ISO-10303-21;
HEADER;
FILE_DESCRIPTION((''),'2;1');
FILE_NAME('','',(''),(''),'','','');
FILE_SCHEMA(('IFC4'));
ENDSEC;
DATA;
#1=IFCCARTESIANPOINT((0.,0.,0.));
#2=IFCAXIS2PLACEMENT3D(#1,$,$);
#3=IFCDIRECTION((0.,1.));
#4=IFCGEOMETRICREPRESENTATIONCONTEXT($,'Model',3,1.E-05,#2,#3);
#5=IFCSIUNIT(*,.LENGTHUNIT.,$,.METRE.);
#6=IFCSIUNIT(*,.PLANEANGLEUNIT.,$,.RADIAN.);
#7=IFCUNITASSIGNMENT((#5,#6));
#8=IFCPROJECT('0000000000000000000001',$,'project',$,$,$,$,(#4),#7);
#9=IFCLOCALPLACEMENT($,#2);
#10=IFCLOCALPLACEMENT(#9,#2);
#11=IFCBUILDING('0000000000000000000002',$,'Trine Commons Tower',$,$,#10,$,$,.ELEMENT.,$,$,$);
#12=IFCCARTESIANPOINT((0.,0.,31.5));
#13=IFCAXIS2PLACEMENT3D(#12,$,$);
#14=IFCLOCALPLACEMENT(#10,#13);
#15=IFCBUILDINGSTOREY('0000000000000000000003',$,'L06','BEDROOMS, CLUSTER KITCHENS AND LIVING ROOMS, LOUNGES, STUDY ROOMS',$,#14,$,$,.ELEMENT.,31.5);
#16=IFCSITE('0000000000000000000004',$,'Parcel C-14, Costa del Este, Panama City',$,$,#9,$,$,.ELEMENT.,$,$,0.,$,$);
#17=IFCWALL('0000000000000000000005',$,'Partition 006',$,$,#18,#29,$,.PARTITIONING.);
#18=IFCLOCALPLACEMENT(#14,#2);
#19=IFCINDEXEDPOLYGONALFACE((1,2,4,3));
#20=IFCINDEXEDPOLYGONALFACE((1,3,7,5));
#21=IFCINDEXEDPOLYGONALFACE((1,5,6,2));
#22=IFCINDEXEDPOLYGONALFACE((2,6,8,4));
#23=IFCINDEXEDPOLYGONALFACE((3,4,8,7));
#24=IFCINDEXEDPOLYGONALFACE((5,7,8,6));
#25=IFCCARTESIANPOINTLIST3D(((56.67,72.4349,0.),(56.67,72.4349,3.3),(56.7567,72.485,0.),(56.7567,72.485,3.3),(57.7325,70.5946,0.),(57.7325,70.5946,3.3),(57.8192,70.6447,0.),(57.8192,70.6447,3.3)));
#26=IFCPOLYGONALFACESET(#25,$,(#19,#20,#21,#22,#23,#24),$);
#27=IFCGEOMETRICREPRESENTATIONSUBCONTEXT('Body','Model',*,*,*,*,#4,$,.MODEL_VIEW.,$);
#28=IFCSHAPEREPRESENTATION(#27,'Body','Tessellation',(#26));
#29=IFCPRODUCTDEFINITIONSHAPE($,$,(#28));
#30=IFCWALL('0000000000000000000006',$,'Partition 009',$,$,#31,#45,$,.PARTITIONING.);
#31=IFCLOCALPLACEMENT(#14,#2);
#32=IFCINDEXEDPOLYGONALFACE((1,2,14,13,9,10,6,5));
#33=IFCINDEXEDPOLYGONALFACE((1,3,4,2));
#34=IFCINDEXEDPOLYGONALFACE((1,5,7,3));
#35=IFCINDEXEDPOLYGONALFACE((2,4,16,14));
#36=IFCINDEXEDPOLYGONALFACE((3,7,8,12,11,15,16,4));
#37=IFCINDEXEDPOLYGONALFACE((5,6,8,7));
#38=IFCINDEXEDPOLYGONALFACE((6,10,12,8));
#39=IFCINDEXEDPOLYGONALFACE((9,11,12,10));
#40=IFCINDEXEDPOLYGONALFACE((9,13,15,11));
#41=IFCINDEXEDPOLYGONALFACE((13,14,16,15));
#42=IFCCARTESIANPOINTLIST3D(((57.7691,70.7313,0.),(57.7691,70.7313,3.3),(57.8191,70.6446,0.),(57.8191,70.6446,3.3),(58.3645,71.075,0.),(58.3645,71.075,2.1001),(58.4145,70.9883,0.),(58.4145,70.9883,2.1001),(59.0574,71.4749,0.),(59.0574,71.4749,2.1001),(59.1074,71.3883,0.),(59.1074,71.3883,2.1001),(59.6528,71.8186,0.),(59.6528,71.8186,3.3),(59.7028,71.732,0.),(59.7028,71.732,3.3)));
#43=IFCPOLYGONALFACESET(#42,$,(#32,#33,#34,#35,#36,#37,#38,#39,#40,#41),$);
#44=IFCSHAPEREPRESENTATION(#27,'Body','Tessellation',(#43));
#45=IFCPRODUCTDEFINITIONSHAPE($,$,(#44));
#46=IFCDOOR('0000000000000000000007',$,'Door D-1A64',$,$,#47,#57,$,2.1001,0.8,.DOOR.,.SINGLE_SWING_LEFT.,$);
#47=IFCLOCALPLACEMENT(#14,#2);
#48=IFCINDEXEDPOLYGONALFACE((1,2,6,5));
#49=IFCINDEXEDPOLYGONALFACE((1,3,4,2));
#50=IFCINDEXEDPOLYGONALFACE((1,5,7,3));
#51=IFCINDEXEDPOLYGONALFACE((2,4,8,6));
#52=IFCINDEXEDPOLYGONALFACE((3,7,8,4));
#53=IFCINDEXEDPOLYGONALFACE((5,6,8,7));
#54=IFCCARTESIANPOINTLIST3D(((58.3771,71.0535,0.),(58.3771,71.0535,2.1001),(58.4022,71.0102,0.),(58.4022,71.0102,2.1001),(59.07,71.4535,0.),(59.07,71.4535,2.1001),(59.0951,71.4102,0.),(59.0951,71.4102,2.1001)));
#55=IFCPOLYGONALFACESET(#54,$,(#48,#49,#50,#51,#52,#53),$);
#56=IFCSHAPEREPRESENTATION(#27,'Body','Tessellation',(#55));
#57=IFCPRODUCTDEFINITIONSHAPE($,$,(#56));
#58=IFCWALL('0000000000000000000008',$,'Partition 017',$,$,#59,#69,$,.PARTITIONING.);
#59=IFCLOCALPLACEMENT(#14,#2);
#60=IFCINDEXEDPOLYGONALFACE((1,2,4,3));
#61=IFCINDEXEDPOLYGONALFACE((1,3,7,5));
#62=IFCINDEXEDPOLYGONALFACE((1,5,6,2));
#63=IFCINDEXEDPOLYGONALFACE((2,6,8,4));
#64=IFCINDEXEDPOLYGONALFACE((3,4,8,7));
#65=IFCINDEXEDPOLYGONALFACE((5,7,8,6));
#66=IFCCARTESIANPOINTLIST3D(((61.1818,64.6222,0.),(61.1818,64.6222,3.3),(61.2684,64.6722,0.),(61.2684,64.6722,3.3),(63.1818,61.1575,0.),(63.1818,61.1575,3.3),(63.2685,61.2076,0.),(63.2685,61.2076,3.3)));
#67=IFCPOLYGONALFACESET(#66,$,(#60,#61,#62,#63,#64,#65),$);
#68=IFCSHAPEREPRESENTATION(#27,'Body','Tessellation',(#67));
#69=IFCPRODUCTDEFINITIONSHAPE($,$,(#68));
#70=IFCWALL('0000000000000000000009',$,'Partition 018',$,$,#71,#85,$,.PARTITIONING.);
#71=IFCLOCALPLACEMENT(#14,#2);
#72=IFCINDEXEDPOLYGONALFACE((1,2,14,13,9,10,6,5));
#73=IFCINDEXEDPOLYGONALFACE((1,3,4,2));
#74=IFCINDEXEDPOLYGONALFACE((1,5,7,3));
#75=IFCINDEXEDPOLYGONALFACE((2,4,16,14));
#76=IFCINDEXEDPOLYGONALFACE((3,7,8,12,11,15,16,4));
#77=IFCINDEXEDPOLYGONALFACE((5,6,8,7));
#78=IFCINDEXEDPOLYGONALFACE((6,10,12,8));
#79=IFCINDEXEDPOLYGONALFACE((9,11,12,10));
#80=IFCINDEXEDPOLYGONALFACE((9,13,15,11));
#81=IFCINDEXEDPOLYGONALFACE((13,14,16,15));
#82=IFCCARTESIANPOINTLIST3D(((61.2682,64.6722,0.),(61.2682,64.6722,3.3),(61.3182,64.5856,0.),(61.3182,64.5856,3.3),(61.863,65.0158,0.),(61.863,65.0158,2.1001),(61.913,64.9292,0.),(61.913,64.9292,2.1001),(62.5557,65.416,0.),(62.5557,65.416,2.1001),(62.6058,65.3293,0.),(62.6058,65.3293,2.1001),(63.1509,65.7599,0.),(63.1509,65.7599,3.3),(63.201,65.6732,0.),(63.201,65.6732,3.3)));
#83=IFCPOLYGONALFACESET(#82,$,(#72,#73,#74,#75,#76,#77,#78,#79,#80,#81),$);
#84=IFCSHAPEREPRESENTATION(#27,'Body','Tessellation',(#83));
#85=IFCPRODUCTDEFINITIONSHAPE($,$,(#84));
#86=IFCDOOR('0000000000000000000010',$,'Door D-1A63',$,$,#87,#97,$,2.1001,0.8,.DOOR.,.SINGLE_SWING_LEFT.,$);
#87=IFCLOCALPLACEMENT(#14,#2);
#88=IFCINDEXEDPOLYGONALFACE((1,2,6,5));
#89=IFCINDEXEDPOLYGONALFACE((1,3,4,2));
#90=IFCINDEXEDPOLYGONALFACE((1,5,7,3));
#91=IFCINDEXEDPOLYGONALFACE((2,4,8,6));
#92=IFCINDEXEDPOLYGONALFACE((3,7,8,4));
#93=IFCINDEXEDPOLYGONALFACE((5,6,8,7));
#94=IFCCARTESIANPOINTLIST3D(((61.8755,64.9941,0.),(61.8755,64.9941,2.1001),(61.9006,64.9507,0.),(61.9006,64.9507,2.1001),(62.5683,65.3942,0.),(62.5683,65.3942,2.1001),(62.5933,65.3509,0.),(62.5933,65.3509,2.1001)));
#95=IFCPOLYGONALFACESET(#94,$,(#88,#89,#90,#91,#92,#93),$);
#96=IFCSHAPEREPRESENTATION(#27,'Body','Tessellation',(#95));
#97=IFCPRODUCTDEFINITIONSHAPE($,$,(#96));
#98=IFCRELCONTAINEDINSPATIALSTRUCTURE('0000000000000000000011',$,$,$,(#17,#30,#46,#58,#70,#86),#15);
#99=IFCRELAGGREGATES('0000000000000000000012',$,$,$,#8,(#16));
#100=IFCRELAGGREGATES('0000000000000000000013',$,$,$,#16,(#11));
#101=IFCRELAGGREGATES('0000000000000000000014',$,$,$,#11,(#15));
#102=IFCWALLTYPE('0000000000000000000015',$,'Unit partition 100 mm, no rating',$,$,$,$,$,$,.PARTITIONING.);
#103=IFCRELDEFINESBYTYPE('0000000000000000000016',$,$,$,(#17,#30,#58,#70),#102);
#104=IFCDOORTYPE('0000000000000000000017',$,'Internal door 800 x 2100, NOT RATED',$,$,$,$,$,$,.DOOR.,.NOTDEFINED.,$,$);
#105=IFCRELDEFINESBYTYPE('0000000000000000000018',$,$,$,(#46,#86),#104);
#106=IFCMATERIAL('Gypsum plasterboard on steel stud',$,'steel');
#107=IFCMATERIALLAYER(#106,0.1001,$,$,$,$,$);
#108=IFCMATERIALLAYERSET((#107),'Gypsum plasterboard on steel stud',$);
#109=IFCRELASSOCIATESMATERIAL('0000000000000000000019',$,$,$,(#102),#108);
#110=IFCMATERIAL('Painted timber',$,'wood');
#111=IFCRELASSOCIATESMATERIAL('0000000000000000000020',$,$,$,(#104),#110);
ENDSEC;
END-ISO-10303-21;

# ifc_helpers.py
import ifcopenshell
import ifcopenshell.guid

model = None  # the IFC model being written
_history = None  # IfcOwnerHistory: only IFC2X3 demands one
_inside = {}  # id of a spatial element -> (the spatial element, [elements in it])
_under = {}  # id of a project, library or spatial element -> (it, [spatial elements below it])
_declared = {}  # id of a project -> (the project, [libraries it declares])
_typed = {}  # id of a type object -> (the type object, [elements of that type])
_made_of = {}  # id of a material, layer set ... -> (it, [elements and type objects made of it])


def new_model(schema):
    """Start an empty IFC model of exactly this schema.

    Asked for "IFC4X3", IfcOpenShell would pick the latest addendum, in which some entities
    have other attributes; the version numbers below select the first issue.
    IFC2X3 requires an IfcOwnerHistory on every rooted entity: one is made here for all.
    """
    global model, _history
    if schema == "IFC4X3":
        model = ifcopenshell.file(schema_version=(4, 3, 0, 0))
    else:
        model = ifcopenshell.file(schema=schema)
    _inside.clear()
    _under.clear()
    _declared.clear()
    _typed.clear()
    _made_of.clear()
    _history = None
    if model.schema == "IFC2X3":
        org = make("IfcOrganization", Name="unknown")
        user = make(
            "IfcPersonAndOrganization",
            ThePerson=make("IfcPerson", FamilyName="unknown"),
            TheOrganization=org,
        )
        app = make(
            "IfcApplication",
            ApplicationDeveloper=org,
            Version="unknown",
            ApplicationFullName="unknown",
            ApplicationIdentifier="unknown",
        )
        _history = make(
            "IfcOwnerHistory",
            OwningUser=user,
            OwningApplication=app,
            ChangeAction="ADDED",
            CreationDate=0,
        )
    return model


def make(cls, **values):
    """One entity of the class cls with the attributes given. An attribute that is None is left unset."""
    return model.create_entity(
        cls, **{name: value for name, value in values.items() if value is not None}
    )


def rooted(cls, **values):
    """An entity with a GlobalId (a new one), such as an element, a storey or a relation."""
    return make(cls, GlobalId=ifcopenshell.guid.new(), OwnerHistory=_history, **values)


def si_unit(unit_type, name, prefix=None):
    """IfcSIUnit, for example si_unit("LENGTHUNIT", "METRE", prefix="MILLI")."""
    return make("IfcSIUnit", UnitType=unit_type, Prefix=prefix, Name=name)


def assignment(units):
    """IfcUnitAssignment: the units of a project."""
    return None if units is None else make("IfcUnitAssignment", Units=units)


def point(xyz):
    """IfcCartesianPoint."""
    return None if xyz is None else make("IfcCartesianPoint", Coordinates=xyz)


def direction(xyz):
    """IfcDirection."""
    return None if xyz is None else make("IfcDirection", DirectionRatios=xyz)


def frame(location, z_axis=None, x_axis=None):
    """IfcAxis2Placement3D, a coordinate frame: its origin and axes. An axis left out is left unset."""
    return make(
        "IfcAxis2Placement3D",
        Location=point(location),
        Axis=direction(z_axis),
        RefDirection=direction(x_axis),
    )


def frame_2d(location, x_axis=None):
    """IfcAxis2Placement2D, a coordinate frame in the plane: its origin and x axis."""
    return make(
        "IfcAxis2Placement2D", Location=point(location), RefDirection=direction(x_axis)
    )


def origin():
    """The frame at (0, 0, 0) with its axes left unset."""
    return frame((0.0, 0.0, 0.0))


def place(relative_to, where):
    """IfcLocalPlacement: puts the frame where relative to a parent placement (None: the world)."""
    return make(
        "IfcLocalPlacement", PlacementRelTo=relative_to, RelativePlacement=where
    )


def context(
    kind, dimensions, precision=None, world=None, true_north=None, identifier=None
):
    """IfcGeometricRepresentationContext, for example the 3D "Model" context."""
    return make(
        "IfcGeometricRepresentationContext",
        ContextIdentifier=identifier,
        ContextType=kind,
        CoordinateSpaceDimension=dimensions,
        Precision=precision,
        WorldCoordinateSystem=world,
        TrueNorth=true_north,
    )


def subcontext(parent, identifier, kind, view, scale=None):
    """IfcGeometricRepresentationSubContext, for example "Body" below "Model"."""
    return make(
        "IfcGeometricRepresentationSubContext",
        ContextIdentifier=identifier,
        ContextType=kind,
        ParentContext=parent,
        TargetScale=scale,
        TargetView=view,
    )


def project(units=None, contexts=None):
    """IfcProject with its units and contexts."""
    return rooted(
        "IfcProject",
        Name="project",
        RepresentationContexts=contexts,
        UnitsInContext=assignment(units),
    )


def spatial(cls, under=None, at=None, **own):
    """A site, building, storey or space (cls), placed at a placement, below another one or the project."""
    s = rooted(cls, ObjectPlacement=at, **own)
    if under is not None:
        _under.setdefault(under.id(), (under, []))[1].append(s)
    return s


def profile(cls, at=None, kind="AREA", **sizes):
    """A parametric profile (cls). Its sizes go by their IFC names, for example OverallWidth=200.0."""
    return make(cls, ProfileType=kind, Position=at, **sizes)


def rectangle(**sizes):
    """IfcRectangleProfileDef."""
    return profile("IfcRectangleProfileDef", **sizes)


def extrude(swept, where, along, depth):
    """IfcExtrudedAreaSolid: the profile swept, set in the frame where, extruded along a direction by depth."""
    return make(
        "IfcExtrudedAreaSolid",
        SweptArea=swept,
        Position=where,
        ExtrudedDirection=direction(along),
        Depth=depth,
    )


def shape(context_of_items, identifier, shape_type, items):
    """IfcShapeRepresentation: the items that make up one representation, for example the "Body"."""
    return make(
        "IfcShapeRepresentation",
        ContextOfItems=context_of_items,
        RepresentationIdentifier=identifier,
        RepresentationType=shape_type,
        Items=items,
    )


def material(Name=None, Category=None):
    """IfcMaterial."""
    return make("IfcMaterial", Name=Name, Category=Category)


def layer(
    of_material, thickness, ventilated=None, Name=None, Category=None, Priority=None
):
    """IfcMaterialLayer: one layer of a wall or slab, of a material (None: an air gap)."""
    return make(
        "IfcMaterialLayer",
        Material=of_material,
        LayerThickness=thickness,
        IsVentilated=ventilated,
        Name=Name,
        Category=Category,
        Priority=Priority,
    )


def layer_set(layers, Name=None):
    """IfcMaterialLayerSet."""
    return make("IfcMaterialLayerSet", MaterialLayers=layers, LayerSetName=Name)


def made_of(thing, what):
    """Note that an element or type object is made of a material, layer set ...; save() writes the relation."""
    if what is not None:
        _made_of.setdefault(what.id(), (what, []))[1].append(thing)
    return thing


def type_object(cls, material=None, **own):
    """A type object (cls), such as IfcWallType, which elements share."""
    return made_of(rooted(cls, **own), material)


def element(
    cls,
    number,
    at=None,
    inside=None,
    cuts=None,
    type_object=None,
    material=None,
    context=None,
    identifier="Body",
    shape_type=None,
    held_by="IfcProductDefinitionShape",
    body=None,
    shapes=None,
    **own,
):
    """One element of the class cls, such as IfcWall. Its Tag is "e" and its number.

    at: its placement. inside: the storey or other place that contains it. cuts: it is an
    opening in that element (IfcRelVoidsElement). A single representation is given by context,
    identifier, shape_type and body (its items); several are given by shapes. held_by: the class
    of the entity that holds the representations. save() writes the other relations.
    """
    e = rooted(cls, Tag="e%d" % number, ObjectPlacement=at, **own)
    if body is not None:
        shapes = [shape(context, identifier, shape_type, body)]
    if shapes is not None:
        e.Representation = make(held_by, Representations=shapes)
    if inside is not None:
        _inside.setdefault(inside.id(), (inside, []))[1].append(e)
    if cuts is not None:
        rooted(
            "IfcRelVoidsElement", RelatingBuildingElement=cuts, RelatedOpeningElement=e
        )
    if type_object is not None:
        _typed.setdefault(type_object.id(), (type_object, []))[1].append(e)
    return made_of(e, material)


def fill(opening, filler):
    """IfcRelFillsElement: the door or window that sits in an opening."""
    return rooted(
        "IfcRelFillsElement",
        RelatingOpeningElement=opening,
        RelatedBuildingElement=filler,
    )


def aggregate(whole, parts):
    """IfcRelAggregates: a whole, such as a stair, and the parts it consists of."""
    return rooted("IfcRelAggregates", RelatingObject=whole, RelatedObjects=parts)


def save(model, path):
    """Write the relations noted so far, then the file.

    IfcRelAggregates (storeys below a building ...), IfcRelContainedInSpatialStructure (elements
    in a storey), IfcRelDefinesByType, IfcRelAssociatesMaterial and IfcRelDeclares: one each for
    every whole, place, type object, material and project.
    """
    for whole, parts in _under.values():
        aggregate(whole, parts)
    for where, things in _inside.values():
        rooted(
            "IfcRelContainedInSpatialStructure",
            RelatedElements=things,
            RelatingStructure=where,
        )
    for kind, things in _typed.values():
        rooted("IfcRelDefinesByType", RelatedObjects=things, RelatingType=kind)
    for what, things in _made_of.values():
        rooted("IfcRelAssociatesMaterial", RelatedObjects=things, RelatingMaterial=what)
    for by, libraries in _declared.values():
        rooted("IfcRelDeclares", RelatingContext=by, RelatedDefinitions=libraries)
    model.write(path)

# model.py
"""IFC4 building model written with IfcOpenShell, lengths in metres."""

from ifc_helpers import new_model, si_unit, direction, frame, frame_2d, origin, place, context, subcontext, project, spatial, rectangle, extrude, material, layer, layer_set, type_object, element, fill, save


model = new_model("IFC4")

# Units and contexts
model_context = context("Model", 3, precision=1e-05, world=origin(), true_north=direction((0.0, 1.0)))
body_context = subcontext(model_context, "Body", "Model", "MODEL_VIEW")
ifc_project = project(units=[si_unit("LENGTHUNIT", "METRE"), si_unit("PLANEANGLEUNIT", "RADIAN")], contexts=[model_context])

# Site, building, storey
site_placement = place(None, origin())
site = spatial("IfcSite", under=ifc_project, at=site_placement, Name="Parcel C-14, Costa del Este, Panama City", CompositionType="ELEMENT", RefElevation=0.0)
building_placement = place(site_placement, origin())
building = spatial("IfcBuilding", under=site, at=building_placement, Name="Trine Commons Tower", CompositionType="ELEMENT")
storey_placement = place(building_placement, frame((0.0, 0.0, 31.5)))
storey = spatial("IfcBuildingStorey", under=building, at=storey_placement, Name="L06", Description="BEDROOMS, CLUSTER KITCHENS AND LIVING ROOMS, LOUNGES, STUDY ROOMS", CompositionType="ELEMENT", Elevation=31.5)

# Shared definitions
ifc_material_1 = material(Name="Gypsum plasterboard on steel stud", Category="steel")

# Shared definitions
ifc_layer_1 = layer(ifc_material_1, 0.1001)
ifc_layer_set_1 = layer_set([ifc_layer_1], Name="Gypsum plasterboard on steel stud")
wall_type_1 = type_object("IfcWallType", Name="Unit partition 100 mm, no rating", PredefinedType="PARTITIONING", material=ifc_layer_set_1)

# Shared definitions
ifc_material_2 = material(Name="Painted timber", Category="wood")
door_type_1 = type_object("IfcDoorType", Name="Internal door 800 x 2100, NOT RATED", OperationType="NOTDEFINED", PredefinedType="DOOR", material=ifc_material_2)

# Wall
wall_1_placement = place(storey_placement, frame((56.7134, 72.46, 0.0), z_axis=(0.0, 0.0, 1.0), x_axis=(0.499994, -0.866029, 0.0)))
element("IfcWall", 1, at=wall_1_placement, inside=storey, type_object=wall_type_1, Name="Partition 006", PredefinedType="PARTITIONING", context=body_context, shape_type="SweptSolid", body=[
    extrude(rectangle(XDim=2.125, YDim=0.1001, at=frame_2d((1.0625, 0.0))), origin(), (0.0, 0.0, 1.0), 3.3),
])

# Wall, opening, door
wall_2_placement = place(storey_placement, frame((57.7942, 70.688, 0.0), z_axis=(0.0, 0.0, 1.0), x_axis=(0.866066, 0.49993, 0.0)))
wall_2 = element("IfcWall", 2, at=wall_2_placement, inside=storey, type_object=wall_type_1, Name="Partition 009", PredefinedType="PARTITIONING", context=body_context, shape_type="SweptSolid", body=[
    extrude(rectangle(XDim=2.175, YDim=0.1001, at=frame_2d((1.0874, 0.0))), origin(), (0.0, 0.0, 1.0), 3.3),
])
opening_1_placement = place(wall_2_placement, frame((0.6875, 0.0, 0.0)))
opening_1 = element("IfcOpeningElement", 3, at=opening_1_placement, cuts=wall_2, PredefinedType="OPENING", context=body_context, shape_type="SweptSolid", body=[
    extrude(rectangle(XDim=0.8, YDim=2.1001, at=frame_2d((0.3999, 1.05))), frame((0.0, 0.0601, 0.0), z_axis=(0.0, -1.0, 0.0), x_axis=(1.0, 0.0, 0.0)), (0.0, 0.0, 1.0), 0.1201),
])
door_1_placement = place(opening_1_placement, frame((0.8, 0.0, 0.0), z_axis=(0.0, 0.0, 1.0), x_axis=(-1.0, 0.0, 0.0)))
door_1 = element("IfcDoor", 4, at=door_1_placement, inside=storey, type_object=door_type_1, Name="Door D-1A64", OperationType="SINGLE_SWING_LEFT", OverallHeight=2.1001, OverallWidth=0.8, PredefinedType="DOOR", context=body_context, shape_type="SweptSolid", body=[
    extrude(rectangle(XDim=0.8, YDim=2.1001, at=frame_2d((0.3999, 1.05))), frame((0.0, 0.0249, 0.0), z_axis=(0.0, -1.0, 0.0), x_axis=(1.0, 0.0, 0.0)), (0.0, 0.0, 1.0), 0.05),
])
fill(opening_1, door_1)

# Wall
wall_3_placement = place(storey_placement, frame((61.2251, 64.6472, 0.0), z_axis=(0.0, 0.0, 1.0), x_axis=(0.499946, -0.866057, 0.0)))
element("IfcWall", 5, at=wall_3_placement, inside=storey, type_object=wall_type_1, Name="Partition 017", PredefinedType="PARTITIONING", context=body_context, shape_type="SweptSolid", body=[
    extrude(rectangle(XDim=4.0005, YDim=0.1001, at=frame_2d((2.0002, 0.0))), origin(), (0.0, 0.0, 1.0), 3.3),
])

# Wall, opening, door
wall_4_placement = place(storey_placement, frame((61.2932, 64.6289, 0.0), z_axis=(0.0, 0.0, 1.0), x_axis=(0.865905, 0.500208, 0.0)))
wall_4 = element("IfcWall", 6, at=wall_4_placement, inside=storey, type_object=wall_type_1, Name="Partition 018", PredefinedType="PARTITIONING", context=body_context, shape_type="SweptSolid", body=[
    extrude(rectangle(XDim=2.1743, YDim=0.1001, at=frame_2d((1.0872, 0.0))), origin(), (0.0, 0.0, 1.0), 3.3),
])
opening_2_placement = place(wall_4_placement, frame((0.687, 0.0, 0.0)))
opening_2 = element("IfcOpeningElement", 7, at=opening_2_placement, cuts=wall_4, PredefinedType="OPENING", context=body_context, shape_type="SweptSolid", body=[
    extrude(rectangle(XDim=0.8, YDim=2.1001, at=frame_2d((0.3999, 1.05))), frame((0.0, 0.0601, 0.0), z_axis=(0.0, -1.0, 0.0), x_axis=(1.0, 0.0, 0.0)), (0.0, 0.0, 1.0), 0.1201),
])
door_2_placement = place(opening_2_placement, origin())
door_2 = element("IfcDoor", 8, at=door_2_placement, inside=storey, type_object=door_type_1, Name="Door D-1A63", OperationType="SINGLE_SWING_LEFT", OverallHeight=2.1001, OverallWidth=0.8, PredefinedType="DOOR", context=body_context, shape_type="SweptSolid", body=[
    extrude(rectangle(XDim=0.8, YDim=2.1001, at=frame_2d((0.3999, 1.05))), frame((0.0, 0.0249, 0.0), z_axis=(0.0, -1.0, 0.0), x_axis=(1.0, 0.0, 0.0)), (0.0, 0.0, 1.0), 0.05),
])
fill(opening_2, door_2)

save(model, "model.ifc")
